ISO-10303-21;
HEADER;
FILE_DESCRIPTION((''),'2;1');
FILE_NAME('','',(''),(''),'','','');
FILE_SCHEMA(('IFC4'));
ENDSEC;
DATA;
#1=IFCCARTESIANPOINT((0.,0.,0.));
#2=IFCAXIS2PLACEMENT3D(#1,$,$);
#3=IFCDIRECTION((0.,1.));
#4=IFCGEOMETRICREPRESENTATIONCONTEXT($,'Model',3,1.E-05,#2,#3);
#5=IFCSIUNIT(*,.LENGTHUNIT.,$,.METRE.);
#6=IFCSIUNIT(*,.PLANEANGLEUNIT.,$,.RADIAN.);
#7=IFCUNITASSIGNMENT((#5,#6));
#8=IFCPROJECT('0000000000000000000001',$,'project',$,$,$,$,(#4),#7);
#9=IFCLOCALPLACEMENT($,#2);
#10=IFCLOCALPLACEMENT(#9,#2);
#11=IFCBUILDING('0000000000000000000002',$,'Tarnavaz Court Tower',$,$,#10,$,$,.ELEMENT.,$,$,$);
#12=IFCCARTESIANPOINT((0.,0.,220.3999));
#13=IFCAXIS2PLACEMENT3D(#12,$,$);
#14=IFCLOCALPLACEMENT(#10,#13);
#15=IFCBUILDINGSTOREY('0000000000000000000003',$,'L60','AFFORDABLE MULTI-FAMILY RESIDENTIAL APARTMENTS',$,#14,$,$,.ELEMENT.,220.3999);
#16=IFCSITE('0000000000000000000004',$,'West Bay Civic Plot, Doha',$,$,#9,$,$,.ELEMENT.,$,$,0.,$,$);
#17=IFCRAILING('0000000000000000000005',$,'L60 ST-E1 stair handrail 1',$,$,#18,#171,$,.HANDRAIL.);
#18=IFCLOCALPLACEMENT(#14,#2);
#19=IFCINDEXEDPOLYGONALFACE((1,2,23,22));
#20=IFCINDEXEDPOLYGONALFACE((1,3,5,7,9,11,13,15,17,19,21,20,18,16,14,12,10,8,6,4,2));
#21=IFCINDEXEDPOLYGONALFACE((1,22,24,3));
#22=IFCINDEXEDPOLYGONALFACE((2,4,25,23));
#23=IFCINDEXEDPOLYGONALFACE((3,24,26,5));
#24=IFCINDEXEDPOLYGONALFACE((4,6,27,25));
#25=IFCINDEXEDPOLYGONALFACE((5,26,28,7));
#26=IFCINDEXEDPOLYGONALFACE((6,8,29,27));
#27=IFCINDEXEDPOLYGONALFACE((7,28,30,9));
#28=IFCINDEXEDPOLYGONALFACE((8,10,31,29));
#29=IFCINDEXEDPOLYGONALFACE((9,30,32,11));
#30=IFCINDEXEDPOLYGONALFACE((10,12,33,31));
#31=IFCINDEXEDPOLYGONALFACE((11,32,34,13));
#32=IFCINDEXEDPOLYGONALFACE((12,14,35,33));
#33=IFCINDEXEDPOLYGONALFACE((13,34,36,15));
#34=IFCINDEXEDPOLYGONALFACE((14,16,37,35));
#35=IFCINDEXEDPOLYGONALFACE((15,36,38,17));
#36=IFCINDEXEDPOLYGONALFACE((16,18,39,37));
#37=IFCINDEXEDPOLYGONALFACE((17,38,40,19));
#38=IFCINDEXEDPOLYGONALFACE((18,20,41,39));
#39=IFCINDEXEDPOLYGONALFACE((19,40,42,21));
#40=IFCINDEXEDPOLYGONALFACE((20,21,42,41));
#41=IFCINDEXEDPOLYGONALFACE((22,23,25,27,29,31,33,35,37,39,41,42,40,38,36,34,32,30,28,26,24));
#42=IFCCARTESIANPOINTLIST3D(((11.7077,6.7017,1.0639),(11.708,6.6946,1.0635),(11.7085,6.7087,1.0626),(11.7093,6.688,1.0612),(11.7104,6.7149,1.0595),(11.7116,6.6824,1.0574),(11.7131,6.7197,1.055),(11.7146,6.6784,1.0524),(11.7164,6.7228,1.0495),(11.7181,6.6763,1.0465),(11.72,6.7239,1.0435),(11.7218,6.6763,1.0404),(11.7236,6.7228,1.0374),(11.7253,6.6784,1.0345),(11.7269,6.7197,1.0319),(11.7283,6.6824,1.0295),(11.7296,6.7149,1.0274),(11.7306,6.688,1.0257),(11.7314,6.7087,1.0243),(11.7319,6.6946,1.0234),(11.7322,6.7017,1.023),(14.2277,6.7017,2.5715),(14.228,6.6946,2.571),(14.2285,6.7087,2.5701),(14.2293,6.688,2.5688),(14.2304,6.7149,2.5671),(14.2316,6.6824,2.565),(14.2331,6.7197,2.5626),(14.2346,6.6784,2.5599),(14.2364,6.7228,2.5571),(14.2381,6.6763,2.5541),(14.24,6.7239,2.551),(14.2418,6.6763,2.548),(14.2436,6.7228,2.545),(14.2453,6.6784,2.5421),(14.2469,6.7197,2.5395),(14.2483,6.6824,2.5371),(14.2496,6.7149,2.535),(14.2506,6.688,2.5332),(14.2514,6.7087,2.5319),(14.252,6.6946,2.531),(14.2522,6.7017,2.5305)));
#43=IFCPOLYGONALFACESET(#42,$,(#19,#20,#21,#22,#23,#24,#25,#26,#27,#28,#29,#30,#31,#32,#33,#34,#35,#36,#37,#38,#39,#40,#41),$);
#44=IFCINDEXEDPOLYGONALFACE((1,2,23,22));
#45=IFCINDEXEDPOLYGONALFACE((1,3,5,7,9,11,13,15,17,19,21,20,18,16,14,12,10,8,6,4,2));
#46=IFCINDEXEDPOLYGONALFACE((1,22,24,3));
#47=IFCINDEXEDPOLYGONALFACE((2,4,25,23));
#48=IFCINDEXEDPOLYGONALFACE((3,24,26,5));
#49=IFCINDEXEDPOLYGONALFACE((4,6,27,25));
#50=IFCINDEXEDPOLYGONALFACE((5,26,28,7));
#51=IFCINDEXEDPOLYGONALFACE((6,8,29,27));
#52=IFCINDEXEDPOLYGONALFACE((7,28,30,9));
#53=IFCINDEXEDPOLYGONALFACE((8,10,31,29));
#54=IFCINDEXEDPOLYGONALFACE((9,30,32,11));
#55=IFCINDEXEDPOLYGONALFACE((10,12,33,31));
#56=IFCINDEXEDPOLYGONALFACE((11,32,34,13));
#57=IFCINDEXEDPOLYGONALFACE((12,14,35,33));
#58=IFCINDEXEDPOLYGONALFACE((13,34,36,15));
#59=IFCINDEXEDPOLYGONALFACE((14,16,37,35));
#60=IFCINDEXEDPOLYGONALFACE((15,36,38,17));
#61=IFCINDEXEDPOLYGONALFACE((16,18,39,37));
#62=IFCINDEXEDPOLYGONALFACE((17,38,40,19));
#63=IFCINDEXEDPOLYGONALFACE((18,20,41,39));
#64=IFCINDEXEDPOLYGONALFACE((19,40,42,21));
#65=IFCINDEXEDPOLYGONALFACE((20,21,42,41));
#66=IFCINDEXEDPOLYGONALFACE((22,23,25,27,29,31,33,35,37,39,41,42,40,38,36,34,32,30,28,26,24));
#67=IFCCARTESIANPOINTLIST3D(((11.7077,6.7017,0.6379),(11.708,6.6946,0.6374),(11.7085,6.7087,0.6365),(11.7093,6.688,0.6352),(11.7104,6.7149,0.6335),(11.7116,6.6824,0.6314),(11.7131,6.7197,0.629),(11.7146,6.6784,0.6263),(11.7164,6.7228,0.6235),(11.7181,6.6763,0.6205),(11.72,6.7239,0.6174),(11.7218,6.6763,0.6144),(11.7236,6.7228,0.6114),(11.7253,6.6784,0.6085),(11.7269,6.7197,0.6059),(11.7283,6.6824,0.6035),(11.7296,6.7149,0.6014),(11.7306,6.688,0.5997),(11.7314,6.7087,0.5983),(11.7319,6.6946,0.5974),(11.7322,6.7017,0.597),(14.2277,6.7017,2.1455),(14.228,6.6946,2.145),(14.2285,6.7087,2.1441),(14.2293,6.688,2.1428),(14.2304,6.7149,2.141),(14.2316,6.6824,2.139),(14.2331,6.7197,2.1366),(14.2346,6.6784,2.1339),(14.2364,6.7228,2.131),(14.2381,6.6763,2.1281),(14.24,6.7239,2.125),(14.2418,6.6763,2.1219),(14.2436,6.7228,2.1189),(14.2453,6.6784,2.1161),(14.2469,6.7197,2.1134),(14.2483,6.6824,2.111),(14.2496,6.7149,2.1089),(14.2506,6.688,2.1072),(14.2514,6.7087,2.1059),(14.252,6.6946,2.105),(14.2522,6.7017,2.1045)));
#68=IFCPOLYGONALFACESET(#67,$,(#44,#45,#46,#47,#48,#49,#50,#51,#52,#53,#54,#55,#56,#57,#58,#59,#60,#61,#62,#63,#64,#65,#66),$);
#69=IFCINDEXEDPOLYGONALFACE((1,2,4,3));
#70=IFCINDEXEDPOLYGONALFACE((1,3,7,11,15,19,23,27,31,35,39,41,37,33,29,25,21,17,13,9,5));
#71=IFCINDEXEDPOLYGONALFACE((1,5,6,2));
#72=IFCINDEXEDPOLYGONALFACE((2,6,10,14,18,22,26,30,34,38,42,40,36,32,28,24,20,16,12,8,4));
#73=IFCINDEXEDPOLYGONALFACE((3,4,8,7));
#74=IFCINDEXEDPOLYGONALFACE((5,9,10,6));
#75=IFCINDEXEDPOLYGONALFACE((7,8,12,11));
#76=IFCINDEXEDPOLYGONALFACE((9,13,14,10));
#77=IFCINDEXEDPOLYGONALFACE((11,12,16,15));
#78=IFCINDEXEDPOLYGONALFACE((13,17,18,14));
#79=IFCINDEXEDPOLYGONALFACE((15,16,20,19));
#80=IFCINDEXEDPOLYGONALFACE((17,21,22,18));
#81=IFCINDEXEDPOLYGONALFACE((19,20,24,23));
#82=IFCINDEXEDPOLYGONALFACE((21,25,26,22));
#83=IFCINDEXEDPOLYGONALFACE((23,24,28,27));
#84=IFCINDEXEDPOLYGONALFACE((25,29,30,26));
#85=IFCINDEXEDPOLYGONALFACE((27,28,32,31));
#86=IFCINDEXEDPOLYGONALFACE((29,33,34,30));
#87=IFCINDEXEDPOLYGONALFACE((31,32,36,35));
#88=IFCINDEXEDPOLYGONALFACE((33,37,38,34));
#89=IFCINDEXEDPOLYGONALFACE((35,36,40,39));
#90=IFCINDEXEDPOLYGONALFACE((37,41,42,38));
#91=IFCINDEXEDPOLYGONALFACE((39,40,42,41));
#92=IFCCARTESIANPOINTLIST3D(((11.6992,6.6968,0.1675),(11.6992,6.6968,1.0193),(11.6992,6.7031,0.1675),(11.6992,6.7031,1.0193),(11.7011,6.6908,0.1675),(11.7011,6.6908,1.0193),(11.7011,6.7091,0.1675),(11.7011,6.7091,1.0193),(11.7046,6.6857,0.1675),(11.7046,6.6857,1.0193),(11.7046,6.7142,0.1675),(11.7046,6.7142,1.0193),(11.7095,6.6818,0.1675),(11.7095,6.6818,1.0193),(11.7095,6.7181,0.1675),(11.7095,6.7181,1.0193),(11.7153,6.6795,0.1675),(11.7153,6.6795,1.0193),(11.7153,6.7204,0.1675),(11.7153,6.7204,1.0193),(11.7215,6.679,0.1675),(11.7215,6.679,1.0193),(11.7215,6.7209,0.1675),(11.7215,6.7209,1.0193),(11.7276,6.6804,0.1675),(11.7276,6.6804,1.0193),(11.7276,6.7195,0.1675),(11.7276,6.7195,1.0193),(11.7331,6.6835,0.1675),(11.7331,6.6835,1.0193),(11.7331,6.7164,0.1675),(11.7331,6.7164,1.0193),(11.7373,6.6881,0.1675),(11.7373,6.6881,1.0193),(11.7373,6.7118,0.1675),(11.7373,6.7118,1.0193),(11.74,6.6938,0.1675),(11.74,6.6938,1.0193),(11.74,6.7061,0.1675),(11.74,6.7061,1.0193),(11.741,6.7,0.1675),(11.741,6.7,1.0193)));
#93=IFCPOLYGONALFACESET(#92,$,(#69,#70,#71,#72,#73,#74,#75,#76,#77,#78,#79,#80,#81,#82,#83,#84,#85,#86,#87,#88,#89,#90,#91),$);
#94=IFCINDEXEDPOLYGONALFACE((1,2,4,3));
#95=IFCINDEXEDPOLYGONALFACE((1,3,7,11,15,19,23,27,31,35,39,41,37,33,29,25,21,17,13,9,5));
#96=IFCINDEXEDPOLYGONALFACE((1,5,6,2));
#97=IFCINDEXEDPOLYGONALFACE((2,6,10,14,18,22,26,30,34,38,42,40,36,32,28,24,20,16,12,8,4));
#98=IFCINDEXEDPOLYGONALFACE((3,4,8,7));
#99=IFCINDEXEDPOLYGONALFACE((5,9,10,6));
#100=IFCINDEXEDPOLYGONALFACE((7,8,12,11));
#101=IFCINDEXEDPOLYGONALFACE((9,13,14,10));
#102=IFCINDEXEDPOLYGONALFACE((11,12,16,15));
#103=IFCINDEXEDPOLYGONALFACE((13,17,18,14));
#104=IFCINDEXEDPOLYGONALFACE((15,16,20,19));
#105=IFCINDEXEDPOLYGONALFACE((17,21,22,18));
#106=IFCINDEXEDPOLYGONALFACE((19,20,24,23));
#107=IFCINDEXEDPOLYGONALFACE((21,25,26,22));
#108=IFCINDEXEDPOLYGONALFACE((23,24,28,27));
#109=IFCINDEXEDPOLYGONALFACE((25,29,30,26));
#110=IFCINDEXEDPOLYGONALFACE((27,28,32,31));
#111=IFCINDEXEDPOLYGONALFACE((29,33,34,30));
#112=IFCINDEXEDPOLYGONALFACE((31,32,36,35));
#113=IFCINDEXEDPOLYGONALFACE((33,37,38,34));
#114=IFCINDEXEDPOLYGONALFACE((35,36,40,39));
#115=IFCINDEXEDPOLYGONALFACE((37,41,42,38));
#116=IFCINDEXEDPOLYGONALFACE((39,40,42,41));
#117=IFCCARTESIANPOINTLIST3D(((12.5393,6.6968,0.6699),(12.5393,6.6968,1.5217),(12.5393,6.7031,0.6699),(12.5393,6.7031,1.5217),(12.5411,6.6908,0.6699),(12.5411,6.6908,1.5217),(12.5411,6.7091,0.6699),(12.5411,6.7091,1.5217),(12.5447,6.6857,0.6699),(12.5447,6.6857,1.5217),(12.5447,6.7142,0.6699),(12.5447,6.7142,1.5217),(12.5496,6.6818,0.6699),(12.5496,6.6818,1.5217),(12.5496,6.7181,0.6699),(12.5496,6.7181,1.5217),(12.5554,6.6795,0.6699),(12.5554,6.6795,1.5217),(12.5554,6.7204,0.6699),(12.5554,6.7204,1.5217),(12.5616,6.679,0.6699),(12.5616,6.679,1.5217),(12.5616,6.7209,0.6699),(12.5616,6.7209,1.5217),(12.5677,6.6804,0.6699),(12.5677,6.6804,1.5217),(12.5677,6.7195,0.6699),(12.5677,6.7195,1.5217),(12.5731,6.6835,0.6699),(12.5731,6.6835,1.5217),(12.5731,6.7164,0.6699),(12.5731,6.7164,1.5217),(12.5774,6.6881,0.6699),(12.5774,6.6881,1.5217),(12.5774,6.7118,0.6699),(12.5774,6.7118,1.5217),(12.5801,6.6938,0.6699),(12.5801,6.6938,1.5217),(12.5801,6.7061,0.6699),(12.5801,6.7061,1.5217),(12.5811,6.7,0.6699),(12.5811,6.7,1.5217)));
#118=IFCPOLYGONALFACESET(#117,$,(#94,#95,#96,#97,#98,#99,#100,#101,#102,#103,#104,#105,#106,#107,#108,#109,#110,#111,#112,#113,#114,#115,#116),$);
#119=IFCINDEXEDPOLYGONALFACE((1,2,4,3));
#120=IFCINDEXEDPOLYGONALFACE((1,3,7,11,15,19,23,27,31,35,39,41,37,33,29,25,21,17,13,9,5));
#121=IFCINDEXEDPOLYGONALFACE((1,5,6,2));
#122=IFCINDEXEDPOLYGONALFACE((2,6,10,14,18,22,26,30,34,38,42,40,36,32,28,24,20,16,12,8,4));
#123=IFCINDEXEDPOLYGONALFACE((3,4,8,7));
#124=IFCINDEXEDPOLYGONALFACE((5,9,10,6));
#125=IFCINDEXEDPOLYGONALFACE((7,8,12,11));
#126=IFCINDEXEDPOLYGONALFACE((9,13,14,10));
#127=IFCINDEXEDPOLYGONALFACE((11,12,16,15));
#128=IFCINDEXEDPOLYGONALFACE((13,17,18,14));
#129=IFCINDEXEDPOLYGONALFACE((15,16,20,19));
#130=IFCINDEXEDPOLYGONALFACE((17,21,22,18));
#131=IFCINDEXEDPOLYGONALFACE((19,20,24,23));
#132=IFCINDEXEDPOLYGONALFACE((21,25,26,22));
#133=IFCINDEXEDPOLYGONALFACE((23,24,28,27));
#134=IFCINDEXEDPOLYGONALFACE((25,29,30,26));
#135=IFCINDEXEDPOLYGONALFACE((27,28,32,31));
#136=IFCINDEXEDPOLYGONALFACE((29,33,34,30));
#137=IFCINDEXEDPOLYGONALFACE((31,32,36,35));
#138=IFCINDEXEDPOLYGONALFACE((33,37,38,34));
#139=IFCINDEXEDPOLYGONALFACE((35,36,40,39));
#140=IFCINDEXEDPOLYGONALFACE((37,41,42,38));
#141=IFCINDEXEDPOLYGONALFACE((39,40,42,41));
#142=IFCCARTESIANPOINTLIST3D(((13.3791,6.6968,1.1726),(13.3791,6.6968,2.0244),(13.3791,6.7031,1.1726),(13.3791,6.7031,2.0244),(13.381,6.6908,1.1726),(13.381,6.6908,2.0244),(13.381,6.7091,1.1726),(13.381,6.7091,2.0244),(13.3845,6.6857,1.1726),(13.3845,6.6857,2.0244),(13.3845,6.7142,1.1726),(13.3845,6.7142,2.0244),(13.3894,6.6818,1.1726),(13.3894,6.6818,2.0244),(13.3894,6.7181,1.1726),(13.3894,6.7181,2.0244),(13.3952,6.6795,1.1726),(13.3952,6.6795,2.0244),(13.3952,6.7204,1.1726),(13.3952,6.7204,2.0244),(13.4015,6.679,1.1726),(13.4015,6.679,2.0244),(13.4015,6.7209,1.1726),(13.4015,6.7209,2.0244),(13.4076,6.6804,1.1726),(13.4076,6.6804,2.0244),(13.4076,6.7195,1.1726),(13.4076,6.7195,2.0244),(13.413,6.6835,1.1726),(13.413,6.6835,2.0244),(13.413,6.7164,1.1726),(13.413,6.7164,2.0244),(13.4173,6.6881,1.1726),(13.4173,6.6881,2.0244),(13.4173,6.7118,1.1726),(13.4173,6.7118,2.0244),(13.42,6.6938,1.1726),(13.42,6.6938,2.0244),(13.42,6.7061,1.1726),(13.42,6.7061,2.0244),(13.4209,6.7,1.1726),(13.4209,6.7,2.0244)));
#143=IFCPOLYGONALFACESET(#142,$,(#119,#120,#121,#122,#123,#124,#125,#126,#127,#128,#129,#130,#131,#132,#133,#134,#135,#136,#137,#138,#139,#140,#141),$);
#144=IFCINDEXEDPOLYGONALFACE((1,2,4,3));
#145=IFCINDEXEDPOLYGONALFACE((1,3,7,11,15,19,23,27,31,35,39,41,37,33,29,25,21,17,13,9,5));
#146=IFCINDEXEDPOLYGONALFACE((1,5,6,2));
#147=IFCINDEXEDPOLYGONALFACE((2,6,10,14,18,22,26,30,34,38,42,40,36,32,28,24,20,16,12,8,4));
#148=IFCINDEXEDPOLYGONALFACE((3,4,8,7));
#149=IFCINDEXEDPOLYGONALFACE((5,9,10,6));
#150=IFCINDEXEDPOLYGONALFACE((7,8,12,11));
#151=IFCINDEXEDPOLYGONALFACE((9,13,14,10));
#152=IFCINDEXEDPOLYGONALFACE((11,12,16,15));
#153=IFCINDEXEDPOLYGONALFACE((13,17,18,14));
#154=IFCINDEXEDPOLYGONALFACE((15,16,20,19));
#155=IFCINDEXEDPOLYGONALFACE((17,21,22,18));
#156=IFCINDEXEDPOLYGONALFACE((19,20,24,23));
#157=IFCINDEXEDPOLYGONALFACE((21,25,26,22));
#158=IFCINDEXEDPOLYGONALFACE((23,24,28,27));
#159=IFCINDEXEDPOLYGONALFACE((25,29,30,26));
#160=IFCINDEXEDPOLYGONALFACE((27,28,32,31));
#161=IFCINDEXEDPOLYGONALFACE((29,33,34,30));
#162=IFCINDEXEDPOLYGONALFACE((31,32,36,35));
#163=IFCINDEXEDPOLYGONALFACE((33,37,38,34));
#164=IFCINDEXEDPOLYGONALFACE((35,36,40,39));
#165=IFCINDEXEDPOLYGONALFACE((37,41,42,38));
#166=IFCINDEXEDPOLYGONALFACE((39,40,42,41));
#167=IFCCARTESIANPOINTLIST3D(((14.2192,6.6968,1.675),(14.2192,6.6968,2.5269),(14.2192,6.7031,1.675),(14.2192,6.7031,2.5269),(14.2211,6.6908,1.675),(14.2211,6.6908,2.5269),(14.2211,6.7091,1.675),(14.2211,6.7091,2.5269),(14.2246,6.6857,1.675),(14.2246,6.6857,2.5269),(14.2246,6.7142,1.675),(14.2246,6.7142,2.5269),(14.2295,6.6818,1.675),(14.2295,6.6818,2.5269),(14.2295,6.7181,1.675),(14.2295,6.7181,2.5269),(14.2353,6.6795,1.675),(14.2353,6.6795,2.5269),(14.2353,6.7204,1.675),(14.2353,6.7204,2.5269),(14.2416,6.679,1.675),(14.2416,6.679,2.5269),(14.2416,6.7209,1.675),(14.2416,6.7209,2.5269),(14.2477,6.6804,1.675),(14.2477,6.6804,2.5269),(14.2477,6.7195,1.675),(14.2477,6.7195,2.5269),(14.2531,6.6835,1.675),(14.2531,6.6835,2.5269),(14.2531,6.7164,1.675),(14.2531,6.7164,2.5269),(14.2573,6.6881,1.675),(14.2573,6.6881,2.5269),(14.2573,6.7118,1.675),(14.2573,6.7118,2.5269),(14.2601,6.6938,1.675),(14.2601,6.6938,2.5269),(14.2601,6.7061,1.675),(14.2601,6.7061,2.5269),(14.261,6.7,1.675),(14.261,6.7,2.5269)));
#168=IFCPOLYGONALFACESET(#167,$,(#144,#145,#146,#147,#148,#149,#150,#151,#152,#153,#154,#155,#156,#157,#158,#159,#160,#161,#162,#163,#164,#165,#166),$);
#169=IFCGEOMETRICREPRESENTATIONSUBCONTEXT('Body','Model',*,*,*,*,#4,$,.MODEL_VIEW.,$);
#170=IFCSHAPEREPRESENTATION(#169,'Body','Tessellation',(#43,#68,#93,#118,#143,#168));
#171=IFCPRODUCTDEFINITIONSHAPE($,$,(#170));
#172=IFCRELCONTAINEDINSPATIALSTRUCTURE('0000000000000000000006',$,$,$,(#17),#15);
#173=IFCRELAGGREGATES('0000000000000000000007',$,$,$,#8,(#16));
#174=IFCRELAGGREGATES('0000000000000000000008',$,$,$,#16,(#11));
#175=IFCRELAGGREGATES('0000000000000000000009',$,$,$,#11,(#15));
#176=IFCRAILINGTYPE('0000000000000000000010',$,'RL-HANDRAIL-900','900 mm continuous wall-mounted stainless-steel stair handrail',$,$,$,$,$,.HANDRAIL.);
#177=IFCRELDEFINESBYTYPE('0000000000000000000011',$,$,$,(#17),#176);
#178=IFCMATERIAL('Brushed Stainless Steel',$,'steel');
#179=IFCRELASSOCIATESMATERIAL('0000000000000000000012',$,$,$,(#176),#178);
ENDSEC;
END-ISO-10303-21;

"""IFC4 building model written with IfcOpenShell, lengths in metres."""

from ifc_helpers import new_model, si_unit, direction, frame, origin, origin_2d, place, context, subcontext, project, spatial, circle, extrude, material, type_object, element, save


model = new_model("IFC4")

# Units and contexts
model_context = context("Model", 3, precision=1e-05, world=origin(), true_north=direction((0.0, 1.0)))
body_context = subcontext(model_context, "Body", "Model", "MODEL_VIEW")
ifc_project = project(units=[si_unit("LENGTHUNIT", "METRE"), si_unit("PLANEANGLEUNIT", "RADIAN")], contexts=[model_context])

# Site, building, storey
site_placement = place(None, origin())
site = spatial("IfcSite", under=ifc_project, at=site_placement, Name="West Bay Civic Plot, Doha", CompositionType="ELEMENT", RefElevation=0.0)
building_placement = place(site_placement, origin())
building = spatial("IfcBuilding", under=site, at=building_placement, Name="Tarnavaz Court Tower", CompositionType="ELEMENT")
storey_placement = place(building_placement, frame((0.0, 0.0, 220.3999)))
storey = spatial("IfcBuildingStorey", under=building, at=storey_placement, Name="L60", Description="AFFORDABLE MULTI-FAMILY RESIDENTIAL APARTMENTS", CompositionType="ELEMENT", Elevation=220.3999)

# Railing
ifc_material_1 = material(Name="Brushed Stainless Steel", Category="steel")
railing_type_1 = type_object("IfcRailingType", Name="RL-HANDRAIL-900", Description="900 mm continuous wall-mounted stainless-steel stair handrail", PredefinedType="HANDRAIL", material=ifc_material_1)
railing_1_placement = place(storey_placement, frame((11.72, 6.7, 0.1675)))
element("IfcRailing", 1, at=railing_1_placement, inside=storey, type_object=railing_type_1, Name="L60 ST-E1 stair handrail 1", PredefinedType="HANDRAIL", context=body_context, shape_type="SweptSolid", body=[
    extrude(circle(Radius=0.0239, at=origin_2d()), frame((0.0, 0.0, 0.876), z_axis=(0.85816, 0.0, 0.513383), x_axis=(0.0, 1.0, 0.0)), (0.0, 0.0, 1.0), 2.9365),
    extrude(circle(Radius=0.0239, at=origin_2d()), frame((0.0, 0.0, 0.45), z_axis=(0.85816, 0.0, 0.513383), x_axis=(0.0, 1.0, 0.0)), (0.0, 0.0, 1.0), 2.9365),
    extrude(circle(Radius=0.021, at=origin_2d()), origin(), (0.0, 0.0, 1.0), 0.8518),
    extrude(circle(Radius=0.021, at=origin_2d()), frame((0.8401, 0.0, 0.5024)), (0.0, 0.0, 1.0), 0.8518),
    extrude(circle(Radius=0.021, at=origin_2d()), frame((1.6799, 0.0, 1.0051)), (0.0, 0.0, 1.0), 0.8518),
    extrude(circle(Radius=0.021, at=origin_2d()), frame((2.52, 0.0, 1.5076)), (0.0, 0.0, 1.0), 0.8518),
])

save(model, "model.ifc")
